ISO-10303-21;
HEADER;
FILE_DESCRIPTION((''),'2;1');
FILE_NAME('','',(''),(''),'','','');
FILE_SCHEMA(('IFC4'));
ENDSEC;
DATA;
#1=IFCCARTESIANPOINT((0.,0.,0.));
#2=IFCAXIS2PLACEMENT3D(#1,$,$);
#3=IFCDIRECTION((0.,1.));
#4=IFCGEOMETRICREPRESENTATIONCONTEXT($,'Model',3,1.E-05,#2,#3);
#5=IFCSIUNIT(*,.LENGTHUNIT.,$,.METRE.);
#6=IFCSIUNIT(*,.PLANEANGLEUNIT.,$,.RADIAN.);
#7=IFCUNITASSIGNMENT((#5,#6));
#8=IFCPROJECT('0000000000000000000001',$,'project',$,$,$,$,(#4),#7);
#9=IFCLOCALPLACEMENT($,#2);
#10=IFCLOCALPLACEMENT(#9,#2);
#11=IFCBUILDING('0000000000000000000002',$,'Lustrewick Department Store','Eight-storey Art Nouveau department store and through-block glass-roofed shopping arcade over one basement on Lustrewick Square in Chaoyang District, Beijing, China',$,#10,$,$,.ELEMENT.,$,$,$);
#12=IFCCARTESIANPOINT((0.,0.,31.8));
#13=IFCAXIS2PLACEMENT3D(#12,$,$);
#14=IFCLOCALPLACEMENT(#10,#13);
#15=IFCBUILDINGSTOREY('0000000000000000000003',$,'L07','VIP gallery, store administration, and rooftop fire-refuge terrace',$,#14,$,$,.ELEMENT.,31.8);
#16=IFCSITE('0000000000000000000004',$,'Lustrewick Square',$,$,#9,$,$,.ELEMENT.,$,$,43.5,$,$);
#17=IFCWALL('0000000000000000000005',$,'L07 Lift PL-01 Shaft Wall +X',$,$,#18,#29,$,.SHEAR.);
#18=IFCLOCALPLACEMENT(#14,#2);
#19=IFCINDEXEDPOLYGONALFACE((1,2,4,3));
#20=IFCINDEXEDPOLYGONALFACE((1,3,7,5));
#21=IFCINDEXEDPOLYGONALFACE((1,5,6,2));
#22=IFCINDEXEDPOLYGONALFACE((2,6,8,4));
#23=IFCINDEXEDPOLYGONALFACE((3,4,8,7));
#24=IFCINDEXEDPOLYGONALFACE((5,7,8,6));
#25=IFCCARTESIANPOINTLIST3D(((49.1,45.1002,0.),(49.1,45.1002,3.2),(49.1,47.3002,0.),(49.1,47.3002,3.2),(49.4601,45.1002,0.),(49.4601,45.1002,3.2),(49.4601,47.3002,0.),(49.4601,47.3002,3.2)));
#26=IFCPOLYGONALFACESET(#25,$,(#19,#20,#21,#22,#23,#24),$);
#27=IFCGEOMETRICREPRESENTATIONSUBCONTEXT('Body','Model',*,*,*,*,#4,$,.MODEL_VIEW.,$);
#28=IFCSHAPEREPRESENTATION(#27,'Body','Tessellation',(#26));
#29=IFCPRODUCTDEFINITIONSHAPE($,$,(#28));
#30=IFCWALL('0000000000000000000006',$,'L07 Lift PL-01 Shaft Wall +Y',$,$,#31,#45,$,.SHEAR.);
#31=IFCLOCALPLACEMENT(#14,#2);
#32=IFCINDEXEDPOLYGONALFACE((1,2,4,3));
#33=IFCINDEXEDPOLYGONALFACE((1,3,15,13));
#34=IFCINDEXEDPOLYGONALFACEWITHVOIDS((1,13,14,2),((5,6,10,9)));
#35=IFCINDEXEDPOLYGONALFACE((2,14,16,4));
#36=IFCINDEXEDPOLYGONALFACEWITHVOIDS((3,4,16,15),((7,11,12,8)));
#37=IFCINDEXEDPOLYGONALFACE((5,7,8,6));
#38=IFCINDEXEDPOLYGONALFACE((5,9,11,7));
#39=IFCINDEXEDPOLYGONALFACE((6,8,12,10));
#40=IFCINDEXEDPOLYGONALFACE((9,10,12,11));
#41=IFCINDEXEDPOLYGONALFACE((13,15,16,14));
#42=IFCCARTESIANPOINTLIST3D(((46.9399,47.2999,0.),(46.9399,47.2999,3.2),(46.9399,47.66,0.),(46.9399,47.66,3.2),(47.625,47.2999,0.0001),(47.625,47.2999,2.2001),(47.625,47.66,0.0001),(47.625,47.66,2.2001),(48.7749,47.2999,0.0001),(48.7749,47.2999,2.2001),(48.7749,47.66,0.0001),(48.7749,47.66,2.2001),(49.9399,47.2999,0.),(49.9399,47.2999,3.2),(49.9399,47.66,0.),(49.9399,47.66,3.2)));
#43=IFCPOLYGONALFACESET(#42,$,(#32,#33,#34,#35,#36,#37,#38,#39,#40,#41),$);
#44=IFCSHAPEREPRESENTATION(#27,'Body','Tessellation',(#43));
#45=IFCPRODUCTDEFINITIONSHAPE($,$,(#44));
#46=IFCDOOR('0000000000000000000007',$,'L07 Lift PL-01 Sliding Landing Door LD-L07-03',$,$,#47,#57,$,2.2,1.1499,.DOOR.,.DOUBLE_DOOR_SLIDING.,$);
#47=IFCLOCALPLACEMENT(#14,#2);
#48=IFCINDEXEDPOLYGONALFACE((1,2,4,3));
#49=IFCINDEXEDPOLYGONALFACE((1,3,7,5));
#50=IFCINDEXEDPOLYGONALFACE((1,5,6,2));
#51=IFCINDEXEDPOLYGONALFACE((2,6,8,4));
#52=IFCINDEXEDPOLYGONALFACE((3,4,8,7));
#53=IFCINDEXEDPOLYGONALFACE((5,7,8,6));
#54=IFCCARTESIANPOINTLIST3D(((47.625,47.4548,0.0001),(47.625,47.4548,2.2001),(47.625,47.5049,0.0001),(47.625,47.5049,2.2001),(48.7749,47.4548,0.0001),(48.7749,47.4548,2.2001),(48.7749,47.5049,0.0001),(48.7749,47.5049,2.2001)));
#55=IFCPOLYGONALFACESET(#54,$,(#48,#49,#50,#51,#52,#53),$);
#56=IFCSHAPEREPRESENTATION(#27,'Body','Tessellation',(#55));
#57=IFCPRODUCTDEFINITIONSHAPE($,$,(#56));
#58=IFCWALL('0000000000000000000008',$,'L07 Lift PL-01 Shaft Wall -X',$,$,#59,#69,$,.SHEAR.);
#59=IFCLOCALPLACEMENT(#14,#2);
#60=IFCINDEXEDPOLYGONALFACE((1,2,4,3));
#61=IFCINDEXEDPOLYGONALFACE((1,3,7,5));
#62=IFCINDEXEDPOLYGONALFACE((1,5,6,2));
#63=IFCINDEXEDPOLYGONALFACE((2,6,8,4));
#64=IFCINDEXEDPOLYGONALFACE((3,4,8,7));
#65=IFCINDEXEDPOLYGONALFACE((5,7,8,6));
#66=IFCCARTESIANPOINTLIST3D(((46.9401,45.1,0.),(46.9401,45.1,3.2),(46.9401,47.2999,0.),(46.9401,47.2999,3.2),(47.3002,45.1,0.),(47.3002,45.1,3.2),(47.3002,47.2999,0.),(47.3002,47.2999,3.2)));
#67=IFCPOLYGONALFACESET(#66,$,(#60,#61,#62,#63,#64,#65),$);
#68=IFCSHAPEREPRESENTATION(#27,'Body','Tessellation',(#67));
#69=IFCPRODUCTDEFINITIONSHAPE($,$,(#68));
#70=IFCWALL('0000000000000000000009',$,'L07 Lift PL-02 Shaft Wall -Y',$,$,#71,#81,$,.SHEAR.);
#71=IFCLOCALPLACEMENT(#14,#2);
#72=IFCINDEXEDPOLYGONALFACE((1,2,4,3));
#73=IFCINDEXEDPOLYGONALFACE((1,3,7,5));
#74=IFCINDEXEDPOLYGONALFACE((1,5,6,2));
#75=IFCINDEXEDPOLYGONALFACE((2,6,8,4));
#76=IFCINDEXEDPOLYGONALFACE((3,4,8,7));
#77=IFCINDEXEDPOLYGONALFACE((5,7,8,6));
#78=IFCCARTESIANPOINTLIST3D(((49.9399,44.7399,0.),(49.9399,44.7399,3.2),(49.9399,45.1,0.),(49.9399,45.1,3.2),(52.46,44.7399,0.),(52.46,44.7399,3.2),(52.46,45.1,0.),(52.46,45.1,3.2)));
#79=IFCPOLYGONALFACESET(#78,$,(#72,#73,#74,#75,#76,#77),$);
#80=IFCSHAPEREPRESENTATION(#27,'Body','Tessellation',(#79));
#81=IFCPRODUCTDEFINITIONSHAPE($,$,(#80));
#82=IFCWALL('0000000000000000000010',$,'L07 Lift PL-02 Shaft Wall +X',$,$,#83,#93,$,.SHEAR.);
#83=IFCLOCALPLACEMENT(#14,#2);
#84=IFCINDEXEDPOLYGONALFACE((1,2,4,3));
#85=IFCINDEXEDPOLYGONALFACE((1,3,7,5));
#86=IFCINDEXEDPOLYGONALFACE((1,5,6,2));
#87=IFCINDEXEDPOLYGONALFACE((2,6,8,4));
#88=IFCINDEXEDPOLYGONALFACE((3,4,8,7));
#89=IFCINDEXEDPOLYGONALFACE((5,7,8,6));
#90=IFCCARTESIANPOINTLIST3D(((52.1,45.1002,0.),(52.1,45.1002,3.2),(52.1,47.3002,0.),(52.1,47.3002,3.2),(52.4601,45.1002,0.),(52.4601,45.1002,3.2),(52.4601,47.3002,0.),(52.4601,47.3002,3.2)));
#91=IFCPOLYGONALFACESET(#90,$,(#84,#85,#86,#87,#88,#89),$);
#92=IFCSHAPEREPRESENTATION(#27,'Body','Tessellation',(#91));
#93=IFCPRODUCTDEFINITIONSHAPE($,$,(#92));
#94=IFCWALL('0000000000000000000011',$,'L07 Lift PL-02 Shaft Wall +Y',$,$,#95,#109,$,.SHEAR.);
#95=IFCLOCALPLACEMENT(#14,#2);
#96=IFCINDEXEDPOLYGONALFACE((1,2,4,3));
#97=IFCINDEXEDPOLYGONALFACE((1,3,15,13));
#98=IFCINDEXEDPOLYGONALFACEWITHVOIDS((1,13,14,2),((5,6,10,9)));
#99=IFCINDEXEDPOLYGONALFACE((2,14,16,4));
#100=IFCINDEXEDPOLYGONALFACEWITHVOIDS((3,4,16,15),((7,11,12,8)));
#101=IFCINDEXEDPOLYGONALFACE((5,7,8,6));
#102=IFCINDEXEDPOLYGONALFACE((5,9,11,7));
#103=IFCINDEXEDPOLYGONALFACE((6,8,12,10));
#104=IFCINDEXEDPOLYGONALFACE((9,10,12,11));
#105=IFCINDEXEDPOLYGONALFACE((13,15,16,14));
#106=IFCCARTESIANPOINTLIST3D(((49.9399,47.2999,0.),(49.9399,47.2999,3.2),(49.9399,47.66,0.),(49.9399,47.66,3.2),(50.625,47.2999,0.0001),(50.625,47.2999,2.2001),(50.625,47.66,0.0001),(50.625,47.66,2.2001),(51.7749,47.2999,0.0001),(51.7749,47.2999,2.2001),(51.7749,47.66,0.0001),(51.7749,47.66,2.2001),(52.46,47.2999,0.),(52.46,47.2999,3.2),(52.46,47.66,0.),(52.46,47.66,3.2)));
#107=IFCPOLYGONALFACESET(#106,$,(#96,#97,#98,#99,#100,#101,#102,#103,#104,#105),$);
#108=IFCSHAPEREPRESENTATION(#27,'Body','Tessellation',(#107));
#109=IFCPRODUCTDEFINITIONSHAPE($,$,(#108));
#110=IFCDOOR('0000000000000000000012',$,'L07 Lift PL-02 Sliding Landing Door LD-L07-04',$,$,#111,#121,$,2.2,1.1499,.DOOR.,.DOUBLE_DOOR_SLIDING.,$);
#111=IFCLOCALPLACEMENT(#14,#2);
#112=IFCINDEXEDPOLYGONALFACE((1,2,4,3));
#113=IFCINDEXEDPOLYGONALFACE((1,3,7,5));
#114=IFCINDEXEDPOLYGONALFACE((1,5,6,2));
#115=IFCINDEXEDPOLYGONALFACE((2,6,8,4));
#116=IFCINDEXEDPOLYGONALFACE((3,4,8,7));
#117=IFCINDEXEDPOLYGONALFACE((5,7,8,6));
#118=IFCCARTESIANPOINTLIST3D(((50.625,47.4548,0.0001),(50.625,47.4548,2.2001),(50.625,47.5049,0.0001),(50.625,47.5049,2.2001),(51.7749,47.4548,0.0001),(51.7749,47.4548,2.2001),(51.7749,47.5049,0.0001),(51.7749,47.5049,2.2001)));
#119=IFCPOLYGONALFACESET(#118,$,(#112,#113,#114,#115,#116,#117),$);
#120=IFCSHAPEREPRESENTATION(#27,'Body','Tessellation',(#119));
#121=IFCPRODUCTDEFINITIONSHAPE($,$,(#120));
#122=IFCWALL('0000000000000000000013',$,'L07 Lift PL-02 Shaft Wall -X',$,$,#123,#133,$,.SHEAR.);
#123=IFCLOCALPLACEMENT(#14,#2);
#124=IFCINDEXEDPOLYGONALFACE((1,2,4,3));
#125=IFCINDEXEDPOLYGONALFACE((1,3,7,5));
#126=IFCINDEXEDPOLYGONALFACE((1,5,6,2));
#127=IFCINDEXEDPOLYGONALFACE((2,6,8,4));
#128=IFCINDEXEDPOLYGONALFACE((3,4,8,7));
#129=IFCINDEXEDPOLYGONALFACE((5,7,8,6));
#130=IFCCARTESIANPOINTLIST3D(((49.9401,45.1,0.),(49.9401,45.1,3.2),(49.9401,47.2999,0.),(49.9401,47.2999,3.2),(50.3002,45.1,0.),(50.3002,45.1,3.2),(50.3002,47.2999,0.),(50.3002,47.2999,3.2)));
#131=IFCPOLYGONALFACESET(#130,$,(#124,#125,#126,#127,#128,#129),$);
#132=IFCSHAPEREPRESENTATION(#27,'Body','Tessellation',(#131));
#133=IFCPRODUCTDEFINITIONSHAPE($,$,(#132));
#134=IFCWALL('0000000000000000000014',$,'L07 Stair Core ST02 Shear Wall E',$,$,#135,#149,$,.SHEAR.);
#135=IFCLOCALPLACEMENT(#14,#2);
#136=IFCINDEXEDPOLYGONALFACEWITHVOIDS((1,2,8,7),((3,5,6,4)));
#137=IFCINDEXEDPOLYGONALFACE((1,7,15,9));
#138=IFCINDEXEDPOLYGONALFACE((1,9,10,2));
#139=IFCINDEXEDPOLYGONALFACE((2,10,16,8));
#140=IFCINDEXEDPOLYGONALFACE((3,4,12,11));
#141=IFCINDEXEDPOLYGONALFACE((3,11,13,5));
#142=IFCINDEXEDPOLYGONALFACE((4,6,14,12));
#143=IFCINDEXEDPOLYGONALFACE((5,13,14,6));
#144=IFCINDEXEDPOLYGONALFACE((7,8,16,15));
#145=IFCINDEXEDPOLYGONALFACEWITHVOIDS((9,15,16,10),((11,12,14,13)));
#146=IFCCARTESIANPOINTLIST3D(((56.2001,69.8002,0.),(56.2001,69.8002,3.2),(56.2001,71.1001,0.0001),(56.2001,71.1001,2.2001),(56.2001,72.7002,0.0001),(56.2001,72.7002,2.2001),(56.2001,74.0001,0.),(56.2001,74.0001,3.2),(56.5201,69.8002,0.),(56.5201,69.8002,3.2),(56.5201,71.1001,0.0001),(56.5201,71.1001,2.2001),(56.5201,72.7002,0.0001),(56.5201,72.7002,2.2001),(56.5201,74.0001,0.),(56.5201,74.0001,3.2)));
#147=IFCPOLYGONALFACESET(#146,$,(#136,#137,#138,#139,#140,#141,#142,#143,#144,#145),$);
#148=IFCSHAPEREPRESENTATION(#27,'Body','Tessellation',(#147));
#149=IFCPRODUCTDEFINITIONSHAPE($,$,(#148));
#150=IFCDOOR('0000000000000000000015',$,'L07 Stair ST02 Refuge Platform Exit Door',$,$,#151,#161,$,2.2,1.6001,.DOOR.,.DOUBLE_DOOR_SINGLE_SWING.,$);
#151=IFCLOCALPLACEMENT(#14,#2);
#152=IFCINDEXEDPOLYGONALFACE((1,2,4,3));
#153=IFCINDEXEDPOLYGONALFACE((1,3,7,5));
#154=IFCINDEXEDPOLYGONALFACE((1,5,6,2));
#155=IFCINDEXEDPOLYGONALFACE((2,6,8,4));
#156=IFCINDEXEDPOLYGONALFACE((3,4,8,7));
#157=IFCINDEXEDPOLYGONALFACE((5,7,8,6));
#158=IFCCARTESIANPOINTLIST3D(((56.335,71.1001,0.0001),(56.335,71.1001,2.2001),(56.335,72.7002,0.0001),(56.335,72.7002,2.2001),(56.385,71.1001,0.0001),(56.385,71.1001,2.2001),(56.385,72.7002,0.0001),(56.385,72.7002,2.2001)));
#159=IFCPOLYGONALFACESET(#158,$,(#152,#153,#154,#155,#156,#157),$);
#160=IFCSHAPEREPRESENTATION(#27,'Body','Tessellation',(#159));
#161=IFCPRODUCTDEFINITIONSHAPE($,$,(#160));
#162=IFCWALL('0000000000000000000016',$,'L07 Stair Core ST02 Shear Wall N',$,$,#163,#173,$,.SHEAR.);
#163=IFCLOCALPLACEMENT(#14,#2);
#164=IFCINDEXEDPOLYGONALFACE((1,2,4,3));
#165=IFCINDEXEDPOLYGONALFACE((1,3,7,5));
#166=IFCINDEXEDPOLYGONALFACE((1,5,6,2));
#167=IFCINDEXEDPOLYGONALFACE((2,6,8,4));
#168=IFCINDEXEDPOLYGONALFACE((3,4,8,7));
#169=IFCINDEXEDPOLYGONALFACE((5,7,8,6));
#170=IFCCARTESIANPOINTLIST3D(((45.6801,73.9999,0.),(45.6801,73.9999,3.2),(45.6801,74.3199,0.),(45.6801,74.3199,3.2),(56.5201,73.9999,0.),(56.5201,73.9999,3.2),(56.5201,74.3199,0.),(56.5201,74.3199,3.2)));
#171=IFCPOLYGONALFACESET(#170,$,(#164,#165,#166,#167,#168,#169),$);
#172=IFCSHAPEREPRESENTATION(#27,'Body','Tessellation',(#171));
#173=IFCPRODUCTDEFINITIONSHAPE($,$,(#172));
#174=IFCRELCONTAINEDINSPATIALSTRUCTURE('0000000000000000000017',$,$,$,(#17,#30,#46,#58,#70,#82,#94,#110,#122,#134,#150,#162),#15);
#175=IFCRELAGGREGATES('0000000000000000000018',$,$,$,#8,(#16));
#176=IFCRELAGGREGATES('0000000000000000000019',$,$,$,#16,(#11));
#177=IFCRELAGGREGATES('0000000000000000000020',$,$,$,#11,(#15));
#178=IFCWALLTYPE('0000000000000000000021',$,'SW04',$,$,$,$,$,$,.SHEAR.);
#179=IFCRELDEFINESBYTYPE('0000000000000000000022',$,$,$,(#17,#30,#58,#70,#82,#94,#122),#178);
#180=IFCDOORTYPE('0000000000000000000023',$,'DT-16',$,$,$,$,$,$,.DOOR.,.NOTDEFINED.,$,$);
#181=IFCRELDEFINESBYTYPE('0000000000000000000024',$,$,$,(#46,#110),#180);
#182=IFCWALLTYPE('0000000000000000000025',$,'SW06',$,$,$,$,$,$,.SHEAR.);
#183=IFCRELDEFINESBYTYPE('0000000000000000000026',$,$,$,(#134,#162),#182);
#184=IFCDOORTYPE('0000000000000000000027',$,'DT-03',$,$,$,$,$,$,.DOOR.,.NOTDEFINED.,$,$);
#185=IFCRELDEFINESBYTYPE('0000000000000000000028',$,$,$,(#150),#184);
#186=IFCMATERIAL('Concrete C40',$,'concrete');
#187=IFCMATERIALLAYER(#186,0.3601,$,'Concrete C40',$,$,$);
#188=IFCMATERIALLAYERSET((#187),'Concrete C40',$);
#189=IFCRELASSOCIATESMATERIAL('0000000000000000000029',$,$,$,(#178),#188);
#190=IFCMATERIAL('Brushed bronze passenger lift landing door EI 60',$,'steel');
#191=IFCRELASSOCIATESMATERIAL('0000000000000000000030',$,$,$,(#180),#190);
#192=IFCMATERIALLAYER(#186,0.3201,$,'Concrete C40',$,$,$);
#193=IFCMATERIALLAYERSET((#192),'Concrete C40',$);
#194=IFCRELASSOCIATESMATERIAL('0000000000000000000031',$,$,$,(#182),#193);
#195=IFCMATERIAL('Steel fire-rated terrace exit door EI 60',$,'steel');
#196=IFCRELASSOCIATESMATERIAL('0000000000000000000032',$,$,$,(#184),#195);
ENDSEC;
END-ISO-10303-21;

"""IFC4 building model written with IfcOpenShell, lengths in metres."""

from ifc_helpers import new_model, si_unit, direction, frame, frame_2d, origin, place, context, subcontext, project, spatial, rectangle, extrude, material, layer, layer_set, type_object, element, fill, save


model = new_model("IFC4")

# Units and contexts
model_context = context("Model", 3, precision=1e-05, world=origin(), true_north=direction((0.0, 1.0)))
body_context = subcontext(model_context, "Body", "Model", "MODEL_VIEW")
ifc_project = project(units=[si_unit("LENGTHUNIT", "METRE"), si_unit("PLANEANGLEUNIT", "RADIAN")], contexts=[model_context])

# Site, building, storey
site_placement = place(None, origin())
site = spatial("IfcSite", under=ifc_project, at=site_placement, Name="Lustrewick Square", CompositionType="ELEMENT", RefElevation=43.5)
building_placement = place(site_placement, origin())
building = spatial("IfcBuilding", under=site, at=building_placement, Name="Lustrewick Department Store", Description="Eight-storey Art Nouveau department store and through-block glass-roofed shopping arcade over one basement on Lustrewick Square in Chaoyang District, Beijing, China", CompositionType="ELEMENT")
storey_placement = place(building_placement, frame((0.0, 0.0, 31.8)))
storey = spatial("IfcBuildingStorey", under=building, at=storey_placement, Name="L07", Description="VIP gallery, store administration, and rooftop fire-refuge terrace", CompositionType="ELEMENT", Elevation=31.8)

# Wall
ifc_material_1 = material(Name="Concrete C40", Category="concrete")
ifc_layer_1 = layer(ifc_material_1, 0.3601, Name="Concrete C40")
ifc_layer_set_1 = layer_set([ifc_layer_1], Name="Concrete C40")
wall_type_1 = type_object("IfcWallType", Name="SW04", PredefinedType="SHEAR", material=ifc_layer_set_1)
wall_1_placement = place(storey_placement, frame((49.28, 45.1001, 0.0), z_axis=(0.0, 0.0, 1.0), x_axis=(0.0, 1.0, 0.0)))
element("IfcWall", 1, at=wall_1_placement, inside=storey, type_object=wall_type_1, Name="L07 Lift PL-01 Shaft Wall +X", PredefinedType="SHEAR", context=body_context, shape_type="SweptSolid", body=[
    extrude(rectangle(XDim=2.2, YDim=0.3601, at=frame_2d((1.1001, 0.0))), origin(), (0.0, 0.0, 1.0), 3.2),
])

# Wall, opening, door
wall_2_placement = place(storey_placement, frame((49.9399, 47.48, 0.0), z_axis=(0.0, 0.0, 1.0), x_axis=(-1.0, 0.0, 0.0)))
wall_2 = element("IfcWall", 2, at=wall_2_placement, inside=storey, type_object=wall_type_1, Name="L07 Lift PL-01 Shaft Wall +Y", PredefinedType="SHEAR", context=body_context, shape_type="SweptSolid", body=[
    extrude(rectangle(XDim=3.0, YDim=0.3601, at=frame_2d((1.5, 0.0))), origin(), (0.0, 0.0, 1.0), 3.2),
])
opening_1_placement = place(wall_2_placement, frame((1.165, 0.0, 0.0)))
opening_1 = element("IfcOpeningElement", 3, at=opening_1_placement, cuts=wall_2, PredefinedType="OPENING", context=body_context, shape_type="SweptSolid", body=[
    extrude(rectangle(XDim=1.1499, YDim=2.2, at=frame_2d((0.575, 1.1001))), frame((0.0, 0.1899, 0.0), z_axis=(0.0, -1.0, 0.0), x_axis=(1.0, 0.0, 0.0)), (0.0, 0.0, 1.0), 0.3801),
])
ifc_material_2 = material(Name="Brushed bronze passenger lift landing door EI 60", Category="steel")
door_type_1 = type_object("IfcDoorType", Name="DT-16", OperationType="NOTDEFINED", PredefinedType="DOOR", material=ifc_material_2)
door_1_placement = place(opening_1_placement, frame((1.1499, 0.0, 0.0), z_axis=(0.0, 0.0, 1.0), x_axis=(-1.0, 0.0, 0.0)))
door_1 = element("IfcDoor", 4, at=door_1_placement, inside=storey, type_object=door_type_1, Name="L07 Lift PL-01 Sliding Landing Door LD-L07-03", OperationType="DOUBLE_DOOR_SLIDING", OverallHeight=2.2, OverallWidth=1.1499, PredefinedType="DOOR", context=body_context, shape_type="SweptSolid", body=[
    extrude(rectangle(XDim=1.1499, YDim=2.2, at=frame_2d((0.575, 1.1001))), frame((0.0, 0.0249, 0.0), z_axis=(0.0, -1.0, 0.0), x_axis=(1.0, 0.0, 0.0)), (0.0, 0.0, 1.0), 0.05),
])
fill(opening_1, door_1)

# Walls
wall_3_placement = place(storey_placement, frame((47.1201, 47.3, 0.0), z_axis=(0.0, 0.0, 1.0), x_axis=(0.0, -1.0, 0.0)))
element("IfcWall", 5, at=wall_3_placement, inside=storey, type_object=wall_type_1, Name="L07 Lift PL-01 Shaft Wall -X", PredefinedType="SHEAR", context=body_context, shape_type="SweptSolid", body=[
    extrude(rectangle(XDim=2.2, YDim=0.3601, at=frame_2d((1.1001, 0.0))), origin(), (0.0, 0.0, 1.0), 3.2),
])
wall_4_placement = place(storey_placement, frame((49.9399, 44.9199, 0.0), z_axis=(0.0, 0.0, 1.0), x_axis=(1.0, 0.0, 0.0)))
element("IfcWall", 6, at=wall_4_placement, inside=storey, type_object=wall_type_1, Name="L07 Lift PL-02 Shaft Wall -Y", PredefinedType="SHEAR", context=body_context, shape_type="SweptSolid", body=[
    extrude(rectangle(XDim=2.52, YDim=0.3601, at=frame_2d((1.26, 0.0))), origin(), (0.0, 0.0, 1.0), 3.2),
])
wall_5_placement = place(storey_placement, frame((52.28, 45.1001, 0.0), z_axis=(0.0, 0.0, 1.0), x_axis=(0.0, 1.0, 0.0)))
element("IfcWall", 7, at=wall_5_placement, inside=storey, type_object=wall_type_1, Name="L07 Lift PL-02 Shaft Wall +X", PredefinedType="SHEAR", context=body_context, shape_type="SweptSolid", body=[
    extrude(rectangle(XDim=2.2, YDim=0.3601, at=frame_2d((1.1001, 0.0))), origin(), (0.0, 0.0, 1.0), 3.2),
])

# Wall, opening, door
wall_6_placement = place(storey_placement, frame((52.46, 47.48, 0.0), z_axis=(0.0, 0.0, 1.0), x_axis=(-1.0, 0.0, 0.0)))
wall_6 = element("IfcWall", 8, at=wall_6_placement, inside=storey, type_object=wall_type_1, Name="L07 Lift PL-02 Shaft Wall +Y", PredefinedType="SHEAR", context=body_context, shape_type="SweptSolid", body=[
    extrude(rectangle(XDim=2.52, YDim=0.3601, at=frame_2d((1.26, 0.0))), origin(), (0.0, 0.0, 1.0), 3.2),
])
opening_2_placement = place(wall_6_placement, frame((0.6851, 0.0, 0.0)))
opening_2 = element("IfcOpeningElement", 9, at=opening_2_placement, cuts=wall_6, PredefinedType="OPENING", context=body_context, shape_type="SweptSolid", body=[
    extrude(rectangle(XDim=1.1499, YDim=2.2, at=frame_2d((0.575, 1.1001))), frame((0.0, 0.1899, 0.0), z_axis=(0.0, -1.0, 0.0), x_axis=(1.0, 0.0, 0.0)), (0.0, 0.0, 1.0), 0.3801),
])
door_2_placement = place(opening_2_placement, frame((1.1499, 0.0, 0.0), z_axis=(0.0, 0.0, 1.0), x_axis=(-1.0, 0.0, 0.0)))
door_2 = element("IfcDoor", 10, at=door_2_placement, inside=storey, type_object=door_type_1, Name="L07 Lift PL-02 Sliding Landing Door LD-L07-04", OperationType="DOUBLE_DOOR_SLIDING", OverallHeight=2.2, OverallWidth=1.1499, PredefinedType="DOOR", context=body_context, shape_type="SweptSolid", body=[
    extrude(rectangle(XDim=1.1499, YDim=2.2, at=frame_2d((0.575, 1.1001))), frame((0.0, 0.0249, 0.0), z_axis=(0.0, -1.0, 0.0), x_axis=(1.0, 0.0, 0.0)), (0.0, 0.0, 1.0), 0.05),
])
fill(opening_2, door_2)

# Wall
wall_7_placement = place(storey_placement, frame((50.1201, 47.3, 0.0), z_axis=(0.0, 0.0, 1.0), x_axis=(0.0, -1.0, 0.0)))
element("IfcWall", 11, at=wall_7_placement, inside=storey, type_object=wall_type_1, Name="L07 Lift PL-02 Shaft Wall -X", PredefinedType="SHEAR", context=body_context, shape_type="SweptSolid", body=[
    extrude(rectangle(XDim=2.2, YDim=0.3601, at=frame_2d((1.1001, 0.0))), origin(), (0.0, 0.0, 1.0), 3.2),
])

# Wall, opening, door
ifc_layer_2 = layer(ifc_material_1, 0.3201, Name="Concrete C40")
ifc_layer_set_2 = layer_set([ifc_layer_2], Name="Concrete C40")
wall_type_2 = type_object("IfcWallType", Name="SW06", PredefinedType="SHEAR", material=ifc_layer_set_2)
wall_8_placement = place(storey_placement, frame((56.3601, 69.8, 0.0), z_axis=(0.0, 0.0, 1.0), x_axis=(0.0, 1.0, 0.0)))
wall_8 = element("IfcWall", 12, at=wall_8_placement, inside=storey, type_object=wall_type_2, Name="L07 Stair Core ST02 Shear Wall E", PredefinedType="SHEAR", context=body_context, shape_type="SweptSolid", body=[
    extrude(rectangle(XDim=4.2, YDim=0.3201, at=frame_2d((2.1001, 0.0))), origin(), (0.0, 0.0, 1.0), 3.2),
])
opening_3_placement = place(wall_8_placement, frame((1.3, 0.0, 0.0)))
opening_3 = element("IfcOpeningElement", 13, at=opening_3_placement, cuts=wall_8, PredefinedType="OPENING", context=body_context, shape_type="SweptSolid", body=[
    extrude(rectangle(XDim=1.6001, YDim=2.2, at=frame_2d((0.8, 1.1001))), frame((0.0, 0.1699, 0.0), z_axis=(0.0, -1.0, 0.0), x_axis=(1.0, 0.0, 0.0)), (0.0, 0.0, 1.0), 0.3401),
])
ifc_material_3 = material(Name="Steel fire-rated terrace exit door EI 60", Category="steel")
door_type_2 = type_object("IfcDoorType", Name="DT-03", OperationType="NOTDEFINED", PredefinedType="DOOR", material=ifc_material_3)
door_3_placement = place(opening_3_placement, frame((1.6001, 0.0, 0.0), z_axis=(0.0, 0.0, 1.0), x_axis=(-1.0, 0.0, 0.0)))
door_3 = element("IfcDoor", 14, at=door_3_placement, inside=storey, type_object=door_type_2, Name="L07 Stair ST02 Refuge Platform Exit Door", OperationType="DOUBLE_DOOR_SINGLE_SWING", OverallHeight=2.2, OverallWidth=1.6001, PredefinedType="DOOR", context=body_context, shape_type="SweptSolid", body=[
    extrude(rectangle(XDim=1.6001, YDim=2.2, at=frame_2d((0.8, 1.1001))), frame((0.0, 0.0249, 0.0), z_axis=(0.0, -1.0, 0.0), x_axis=(1.0, 0.0, 0.0)), (0.0, 0.0, 1.0), 0.05),
])
fill(opening_3, door_3)

# Wall
wall_9_placement = place(storey_placement, frame((56.52, 74.1599, 0.0), z_axis=(0.0, 0.0, 1.0), x_axis=(-1.0, 0.0, 0.0)))
element("IfcWall", 15, at=wall_9_placement, inside=storey, type_object=wall_type_2, Name="L07 Stair Core ST02 Shear Wall N", PredefinedType="SHEAR", context=body_context, shape_type="SweptSolid", body=[
    extrude(rectangle(XDim=10.8401, YDim=0.3201, at=frame_2d((5.4199, 0.0))), origin(), (0.0, 0.0, 1.0), 3.2),
])

save(model, "model.ifc")
